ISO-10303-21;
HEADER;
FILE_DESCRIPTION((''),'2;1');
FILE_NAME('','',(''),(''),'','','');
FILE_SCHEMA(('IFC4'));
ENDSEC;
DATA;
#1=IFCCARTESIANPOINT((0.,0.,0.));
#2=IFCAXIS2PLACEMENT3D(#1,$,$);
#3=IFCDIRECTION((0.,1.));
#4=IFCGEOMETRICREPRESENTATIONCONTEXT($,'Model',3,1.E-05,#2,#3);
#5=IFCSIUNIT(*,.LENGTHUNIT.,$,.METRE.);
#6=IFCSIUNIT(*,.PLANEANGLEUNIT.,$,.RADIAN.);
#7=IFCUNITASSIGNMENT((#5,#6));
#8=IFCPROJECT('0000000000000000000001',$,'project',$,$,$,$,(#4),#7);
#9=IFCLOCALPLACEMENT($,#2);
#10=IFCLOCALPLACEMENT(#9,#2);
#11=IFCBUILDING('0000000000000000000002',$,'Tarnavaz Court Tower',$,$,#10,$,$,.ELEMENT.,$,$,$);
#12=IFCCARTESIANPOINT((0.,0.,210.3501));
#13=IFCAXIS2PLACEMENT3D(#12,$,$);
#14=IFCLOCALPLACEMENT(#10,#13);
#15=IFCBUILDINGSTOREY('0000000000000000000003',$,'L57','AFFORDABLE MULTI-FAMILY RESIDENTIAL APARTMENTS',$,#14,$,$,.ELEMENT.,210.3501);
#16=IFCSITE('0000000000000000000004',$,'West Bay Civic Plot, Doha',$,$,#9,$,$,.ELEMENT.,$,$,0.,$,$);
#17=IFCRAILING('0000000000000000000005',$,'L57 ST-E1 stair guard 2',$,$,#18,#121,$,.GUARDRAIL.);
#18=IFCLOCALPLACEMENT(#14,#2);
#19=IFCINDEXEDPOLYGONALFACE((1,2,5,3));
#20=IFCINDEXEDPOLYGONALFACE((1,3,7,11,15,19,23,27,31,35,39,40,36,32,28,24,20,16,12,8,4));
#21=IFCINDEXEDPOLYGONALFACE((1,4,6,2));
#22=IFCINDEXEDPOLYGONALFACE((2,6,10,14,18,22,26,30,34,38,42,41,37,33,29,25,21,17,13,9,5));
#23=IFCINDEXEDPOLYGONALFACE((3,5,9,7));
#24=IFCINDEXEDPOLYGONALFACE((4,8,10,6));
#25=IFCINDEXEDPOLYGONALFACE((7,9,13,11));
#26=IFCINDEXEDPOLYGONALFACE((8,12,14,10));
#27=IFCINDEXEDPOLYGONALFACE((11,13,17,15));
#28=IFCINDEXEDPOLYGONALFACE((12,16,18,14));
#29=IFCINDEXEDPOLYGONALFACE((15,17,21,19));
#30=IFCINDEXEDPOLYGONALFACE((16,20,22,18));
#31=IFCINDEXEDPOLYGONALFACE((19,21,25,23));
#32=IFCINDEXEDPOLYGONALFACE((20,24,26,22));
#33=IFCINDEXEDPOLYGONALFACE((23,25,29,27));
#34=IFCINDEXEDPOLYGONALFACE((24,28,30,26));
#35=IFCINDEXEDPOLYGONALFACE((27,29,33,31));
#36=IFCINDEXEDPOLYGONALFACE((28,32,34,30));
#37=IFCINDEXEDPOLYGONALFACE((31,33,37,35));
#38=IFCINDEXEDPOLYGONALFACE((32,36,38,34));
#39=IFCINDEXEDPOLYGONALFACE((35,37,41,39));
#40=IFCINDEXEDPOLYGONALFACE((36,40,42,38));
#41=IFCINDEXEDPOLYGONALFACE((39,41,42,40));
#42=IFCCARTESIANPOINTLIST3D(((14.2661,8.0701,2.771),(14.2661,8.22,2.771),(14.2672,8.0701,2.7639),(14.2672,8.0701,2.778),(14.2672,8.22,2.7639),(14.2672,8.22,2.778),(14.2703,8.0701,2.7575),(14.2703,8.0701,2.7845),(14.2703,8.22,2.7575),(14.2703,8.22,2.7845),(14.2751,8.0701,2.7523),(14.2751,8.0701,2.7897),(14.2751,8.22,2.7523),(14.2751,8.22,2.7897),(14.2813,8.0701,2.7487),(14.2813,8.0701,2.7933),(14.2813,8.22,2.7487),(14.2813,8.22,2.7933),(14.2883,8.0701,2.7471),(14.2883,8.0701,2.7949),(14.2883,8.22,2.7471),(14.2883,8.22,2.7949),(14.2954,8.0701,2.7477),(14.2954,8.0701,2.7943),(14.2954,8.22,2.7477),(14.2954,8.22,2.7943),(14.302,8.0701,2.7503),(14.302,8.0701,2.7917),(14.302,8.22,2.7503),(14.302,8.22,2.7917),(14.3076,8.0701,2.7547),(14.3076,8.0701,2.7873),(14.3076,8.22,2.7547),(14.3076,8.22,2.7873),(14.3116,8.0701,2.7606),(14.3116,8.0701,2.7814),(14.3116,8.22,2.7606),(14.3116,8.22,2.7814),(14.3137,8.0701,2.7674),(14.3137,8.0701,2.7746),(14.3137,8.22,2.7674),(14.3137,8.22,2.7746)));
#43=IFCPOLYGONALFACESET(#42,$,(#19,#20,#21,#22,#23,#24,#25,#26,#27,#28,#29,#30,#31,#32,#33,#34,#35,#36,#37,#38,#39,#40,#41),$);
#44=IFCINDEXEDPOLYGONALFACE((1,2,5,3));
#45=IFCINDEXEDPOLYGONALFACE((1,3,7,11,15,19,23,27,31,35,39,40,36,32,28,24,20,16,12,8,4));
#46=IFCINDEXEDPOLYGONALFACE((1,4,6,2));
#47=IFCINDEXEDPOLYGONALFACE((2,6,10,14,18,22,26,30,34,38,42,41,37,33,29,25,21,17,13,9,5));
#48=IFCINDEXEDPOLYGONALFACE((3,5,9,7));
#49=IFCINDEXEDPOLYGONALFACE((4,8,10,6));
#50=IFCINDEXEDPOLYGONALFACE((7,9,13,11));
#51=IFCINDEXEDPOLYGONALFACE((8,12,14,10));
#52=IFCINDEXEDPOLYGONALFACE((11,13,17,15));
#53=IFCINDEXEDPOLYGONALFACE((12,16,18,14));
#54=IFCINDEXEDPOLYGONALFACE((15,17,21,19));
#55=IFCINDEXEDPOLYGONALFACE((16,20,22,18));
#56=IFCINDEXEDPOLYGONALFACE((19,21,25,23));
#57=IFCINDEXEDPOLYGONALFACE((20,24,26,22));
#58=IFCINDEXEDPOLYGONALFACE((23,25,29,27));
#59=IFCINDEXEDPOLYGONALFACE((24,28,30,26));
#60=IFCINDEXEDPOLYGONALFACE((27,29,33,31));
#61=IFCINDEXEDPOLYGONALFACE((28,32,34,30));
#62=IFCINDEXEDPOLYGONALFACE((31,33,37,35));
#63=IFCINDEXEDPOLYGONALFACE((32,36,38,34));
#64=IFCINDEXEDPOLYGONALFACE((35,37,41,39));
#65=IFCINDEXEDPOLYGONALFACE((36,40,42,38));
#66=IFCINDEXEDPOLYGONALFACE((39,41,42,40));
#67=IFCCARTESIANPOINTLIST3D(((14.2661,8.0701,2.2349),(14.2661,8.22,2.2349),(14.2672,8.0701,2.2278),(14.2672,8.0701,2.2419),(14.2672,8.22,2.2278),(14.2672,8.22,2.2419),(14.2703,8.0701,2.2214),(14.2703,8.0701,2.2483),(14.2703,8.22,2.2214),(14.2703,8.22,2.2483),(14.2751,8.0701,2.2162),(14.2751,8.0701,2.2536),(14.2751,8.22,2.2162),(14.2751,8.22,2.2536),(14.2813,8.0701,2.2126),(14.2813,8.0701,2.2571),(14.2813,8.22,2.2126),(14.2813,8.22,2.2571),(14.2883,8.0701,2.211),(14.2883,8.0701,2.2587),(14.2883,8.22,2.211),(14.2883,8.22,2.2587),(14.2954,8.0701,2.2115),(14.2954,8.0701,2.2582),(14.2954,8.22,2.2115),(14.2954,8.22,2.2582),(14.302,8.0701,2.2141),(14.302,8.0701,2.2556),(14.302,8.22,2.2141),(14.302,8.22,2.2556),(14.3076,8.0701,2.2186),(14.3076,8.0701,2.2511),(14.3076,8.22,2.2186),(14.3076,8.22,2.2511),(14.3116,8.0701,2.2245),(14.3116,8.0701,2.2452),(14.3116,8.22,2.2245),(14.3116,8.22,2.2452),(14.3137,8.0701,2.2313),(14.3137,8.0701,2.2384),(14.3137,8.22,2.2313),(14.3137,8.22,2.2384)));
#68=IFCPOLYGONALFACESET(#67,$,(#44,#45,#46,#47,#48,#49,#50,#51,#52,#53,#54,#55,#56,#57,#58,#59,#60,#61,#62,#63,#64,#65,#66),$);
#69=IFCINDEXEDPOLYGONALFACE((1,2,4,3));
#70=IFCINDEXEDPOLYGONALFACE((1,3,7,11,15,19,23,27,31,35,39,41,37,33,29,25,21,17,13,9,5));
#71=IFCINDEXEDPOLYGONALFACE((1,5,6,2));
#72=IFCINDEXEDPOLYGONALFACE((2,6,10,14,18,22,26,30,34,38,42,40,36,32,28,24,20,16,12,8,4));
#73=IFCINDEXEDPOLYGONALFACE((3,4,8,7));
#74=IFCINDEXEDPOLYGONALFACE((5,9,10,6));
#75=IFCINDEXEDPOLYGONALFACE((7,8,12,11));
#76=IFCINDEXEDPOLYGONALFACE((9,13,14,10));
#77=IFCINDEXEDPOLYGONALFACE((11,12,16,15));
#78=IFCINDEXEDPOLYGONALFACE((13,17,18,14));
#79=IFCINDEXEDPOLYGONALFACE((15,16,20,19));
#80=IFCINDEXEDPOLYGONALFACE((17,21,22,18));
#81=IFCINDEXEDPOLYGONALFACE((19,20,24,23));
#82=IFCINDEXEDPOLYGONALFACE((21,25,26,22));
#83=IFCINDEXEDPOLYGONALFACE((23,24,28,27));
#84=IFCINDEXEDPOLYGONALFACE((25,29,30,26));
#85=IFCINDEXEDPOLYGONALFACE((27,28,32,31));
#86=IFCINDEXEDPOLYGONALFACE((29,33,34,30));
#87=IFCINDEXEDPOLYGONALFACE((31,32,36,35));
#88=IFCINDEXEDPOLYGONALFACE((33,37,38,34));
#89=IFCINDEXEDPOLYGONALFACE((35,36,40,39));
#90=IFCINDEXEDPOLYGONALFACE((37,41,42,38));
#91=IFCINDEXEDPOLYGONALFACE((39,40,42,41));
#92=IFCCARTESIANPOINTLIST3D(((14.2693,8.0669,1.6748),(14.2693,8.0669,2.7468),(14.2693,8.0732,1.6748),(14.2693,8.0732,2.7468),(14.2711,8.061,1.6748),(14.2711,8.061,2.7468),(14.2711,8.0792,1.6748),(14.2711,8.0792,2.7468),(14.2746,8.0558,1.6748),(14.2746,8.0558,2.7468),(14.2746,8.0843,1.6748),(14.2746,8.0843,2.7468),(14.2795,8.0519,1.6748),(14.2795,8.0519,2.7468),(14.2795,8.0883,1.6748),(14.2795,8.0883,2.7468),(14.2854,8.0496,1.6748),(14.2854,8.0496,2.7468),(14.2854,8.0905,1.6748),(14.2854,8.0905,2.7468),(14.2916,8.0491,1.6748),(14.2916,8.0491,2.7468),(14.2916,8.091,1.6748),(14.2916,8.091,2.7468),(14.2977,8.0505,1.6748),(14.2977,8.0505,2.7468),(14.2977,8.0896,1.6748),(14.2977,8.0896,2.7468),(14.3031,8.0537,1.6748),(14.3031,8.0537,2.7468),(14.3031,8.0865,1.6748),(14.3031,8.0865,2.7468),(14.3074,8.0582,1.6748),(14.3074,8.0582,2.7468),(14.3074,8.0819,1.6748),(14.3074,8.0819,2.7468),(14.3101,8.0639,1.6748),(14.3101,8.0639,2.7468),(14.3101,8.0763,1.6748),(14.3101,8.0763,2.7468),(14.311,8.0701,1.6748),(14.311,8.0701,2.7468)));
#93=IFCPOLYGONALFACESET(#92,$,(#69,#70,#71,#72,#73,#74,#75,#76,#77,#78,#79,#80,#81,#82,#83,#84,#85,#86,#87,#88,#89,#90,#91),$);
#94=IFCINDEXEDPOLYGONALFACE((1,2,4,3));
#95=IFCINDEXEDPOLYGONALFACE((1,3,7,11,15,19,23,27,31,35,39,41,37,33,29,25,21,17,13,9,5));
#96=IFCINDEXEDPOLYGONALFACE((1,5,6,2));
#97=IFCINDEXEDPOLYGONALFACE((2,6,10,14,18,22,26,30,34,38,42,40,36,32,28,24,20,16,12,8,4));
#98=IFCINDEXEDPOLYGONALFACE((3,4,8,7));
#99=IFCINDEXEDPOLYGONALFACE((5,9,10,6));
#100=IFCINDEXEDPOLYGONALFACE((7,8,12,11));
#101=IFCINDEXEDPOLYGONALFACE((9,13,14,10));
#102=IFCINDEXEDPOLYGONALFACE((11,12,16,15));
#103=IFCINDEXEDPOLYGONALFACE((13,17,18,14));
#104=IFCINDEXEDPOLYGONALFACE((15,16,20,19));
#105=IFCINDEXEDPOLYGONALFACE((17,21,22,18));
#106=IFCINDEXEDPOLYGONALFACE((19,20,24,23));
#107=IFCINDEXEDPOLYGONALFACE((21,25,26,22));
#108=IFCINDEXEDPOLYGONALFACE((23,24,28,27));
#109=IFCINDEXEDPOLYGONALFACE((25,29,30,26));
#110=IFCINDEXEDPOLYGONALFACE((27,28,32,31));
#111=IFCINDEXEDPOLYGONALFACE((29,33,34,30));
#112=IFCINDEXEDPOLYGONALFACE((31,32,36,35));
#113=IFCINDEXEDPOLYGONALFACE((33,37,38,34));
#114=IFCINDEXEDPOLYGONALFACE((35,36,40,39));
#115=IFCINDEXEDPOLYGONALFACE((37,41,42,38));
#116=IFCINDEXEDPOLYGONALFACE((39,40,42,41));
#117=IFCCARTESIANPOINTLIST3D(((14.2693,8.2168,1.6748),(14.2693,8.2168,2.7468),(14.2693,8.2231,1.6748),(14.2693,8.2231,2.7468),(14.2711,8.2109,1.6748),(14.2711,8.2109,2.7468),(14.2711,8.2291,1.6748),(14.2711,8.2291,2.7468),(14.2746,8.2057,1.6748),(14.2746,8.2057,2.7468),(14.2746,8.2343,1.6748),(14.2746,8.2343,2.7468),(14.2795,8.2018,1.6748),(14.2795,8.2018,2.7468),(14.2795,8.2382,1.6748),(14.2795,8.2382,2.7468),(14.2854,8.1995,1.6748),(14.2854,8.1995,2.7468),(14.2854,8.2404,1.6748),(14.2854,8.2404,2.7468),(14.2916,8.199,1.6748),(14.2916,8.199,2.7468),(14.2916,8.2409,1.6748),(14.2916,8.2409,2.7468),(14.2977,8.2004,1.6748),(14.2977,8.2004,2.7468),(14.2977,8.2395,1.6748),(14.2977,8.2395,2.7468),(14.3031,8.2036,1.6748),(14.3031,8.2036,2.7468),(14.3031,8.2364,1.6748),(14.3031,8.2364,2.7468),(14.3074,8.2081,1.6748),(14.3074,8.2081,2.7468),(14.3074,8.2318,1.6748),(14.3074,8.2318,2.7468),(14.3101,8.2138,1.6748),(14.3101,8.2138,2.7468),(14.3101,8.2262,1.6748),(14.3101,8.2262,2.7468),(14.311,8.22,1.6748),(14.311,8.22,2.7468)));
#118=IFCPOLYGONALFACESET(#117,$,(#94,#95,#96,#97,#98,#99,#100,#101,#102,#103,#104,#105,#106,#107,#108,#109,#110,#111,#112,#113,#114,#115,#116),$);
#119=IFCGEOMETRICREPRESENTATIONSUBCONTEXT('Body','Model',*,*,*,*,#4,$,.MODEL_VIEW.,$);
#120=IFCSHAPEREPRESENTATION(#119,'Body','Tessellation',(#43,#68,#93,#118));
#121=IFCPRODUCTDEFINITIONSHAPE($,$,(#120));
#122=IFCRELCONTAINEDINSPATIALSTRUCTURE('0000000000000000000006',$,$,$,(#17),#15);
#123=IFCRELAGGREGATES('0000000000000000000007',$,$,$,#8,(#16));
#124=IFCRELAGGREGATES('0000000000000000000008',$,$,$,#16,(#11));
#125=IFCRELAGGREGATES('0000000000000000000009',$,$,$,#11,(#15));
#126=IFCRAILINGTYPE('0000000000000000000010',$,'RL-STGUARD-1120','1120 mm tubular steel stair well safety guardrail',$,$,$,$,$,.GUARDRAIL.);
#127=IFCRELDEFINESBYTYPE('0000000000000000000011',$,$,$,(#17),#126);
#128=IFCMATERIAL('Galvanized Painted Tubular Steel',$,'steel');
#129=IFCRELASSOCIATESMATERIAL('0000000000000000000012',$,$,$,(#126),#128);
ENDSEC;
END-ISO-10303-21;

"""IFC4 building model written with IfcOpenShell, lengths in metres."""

from ifc_helpers import new_model, si_unit, direction, frame, origin, origin_2d, place, context, subcontext, project, spatial, circle, extrude, material, type_object, element, save


model = new_model("IFC4")

# Units and contexts
model_context = context("Model", 3, precision=1e-05, world=origin(), true_north=direction((0.0, 1.0)))
body_context = subcontext(model_context, "Body", "Model", "MODEL_VIEW")
ifc_project = project(units=[si_unit("LENGTHUNIT", "METRE"), si_unit("PLANEANGLEUNIT", "RADIAN")], contexts=[model_context])

# Site, building, storey
site_placement = place(None, origin())
site = spatial("IfcSite", under=ifc_project, at=site_placement, Name="West Bay Civic Plot, Doha", CompositionType="ELEMENT", RefElevation=0.0)
building_placement = place(site_placement, origin())
building = spatial("IfcBuilding", under=site, at=building_placement, Name="Tarnavaz Court Tower", CompositionType="ELEMENT")
storey_placement = place(building_placement, frame((0.0, 0.0, 210.3501)))
storey = spatial("IfcBuildingStorey", under=building, at=storey_placement, Name="L57", Description="AFFORDABLE MULTI-FAMILY RESIDENTIAL APARTMENTS", CompositionType="ELEMENT", Elevation=210.3501)

# Railing
ifc_material_1 = material(Name="Galvanized Painted Tubular Steel", Category="steel")
railing_type_1 = type_object("IfcRailingType", Name="RL-STGUARD-1120", Description="1120 mm tubular steel stair well safety guardrail", PredefinedType="GUARDRAIL", material=ifc_material_1)
railing_1_placement = place(storey_placement, frame((14.29, 8.0701, 1.6748)))
element("IfcRailing", 1, at=railing_1_placement, inside=storey, type_object=railing_type_1, Name="L57 ST-E1 stair guard 2", PredefinedType="GUARDRAIL", context=body_context, shape_type="SweptSolid", body=[
    extrude(circle(Radius=0.0239, at=origin_2d()), frame((0.0, 0.0, 1.0962), z_axis=(0.0, 1.0, 0.0), x_axis=(-1.0, 0.0, 0.0)), (0.0, 0.0, 1.0), 0.1499),
    extrude(circle(Radius=0.0239, at=origin_2d()), frame((0.0, 0.0, 0.5601), z_axis=(0.0, 1.0, 0.0), x_axis=(-1.0, 0.0, 0.0)), (0.0, 0.0, 1.0), 0.1499),
    extrude(circle(Radius=0.021, at=origin_2d()), origin(), (0.0, 0.0, 1.0), 1.072),
    extrude(circle(Radius=0.021, at=origin_2d()), frame((0.0, 0.1499, 0.0)), (0.0, 0.0, 1.0), 1.072),
])

save(model, "model.ifc")
